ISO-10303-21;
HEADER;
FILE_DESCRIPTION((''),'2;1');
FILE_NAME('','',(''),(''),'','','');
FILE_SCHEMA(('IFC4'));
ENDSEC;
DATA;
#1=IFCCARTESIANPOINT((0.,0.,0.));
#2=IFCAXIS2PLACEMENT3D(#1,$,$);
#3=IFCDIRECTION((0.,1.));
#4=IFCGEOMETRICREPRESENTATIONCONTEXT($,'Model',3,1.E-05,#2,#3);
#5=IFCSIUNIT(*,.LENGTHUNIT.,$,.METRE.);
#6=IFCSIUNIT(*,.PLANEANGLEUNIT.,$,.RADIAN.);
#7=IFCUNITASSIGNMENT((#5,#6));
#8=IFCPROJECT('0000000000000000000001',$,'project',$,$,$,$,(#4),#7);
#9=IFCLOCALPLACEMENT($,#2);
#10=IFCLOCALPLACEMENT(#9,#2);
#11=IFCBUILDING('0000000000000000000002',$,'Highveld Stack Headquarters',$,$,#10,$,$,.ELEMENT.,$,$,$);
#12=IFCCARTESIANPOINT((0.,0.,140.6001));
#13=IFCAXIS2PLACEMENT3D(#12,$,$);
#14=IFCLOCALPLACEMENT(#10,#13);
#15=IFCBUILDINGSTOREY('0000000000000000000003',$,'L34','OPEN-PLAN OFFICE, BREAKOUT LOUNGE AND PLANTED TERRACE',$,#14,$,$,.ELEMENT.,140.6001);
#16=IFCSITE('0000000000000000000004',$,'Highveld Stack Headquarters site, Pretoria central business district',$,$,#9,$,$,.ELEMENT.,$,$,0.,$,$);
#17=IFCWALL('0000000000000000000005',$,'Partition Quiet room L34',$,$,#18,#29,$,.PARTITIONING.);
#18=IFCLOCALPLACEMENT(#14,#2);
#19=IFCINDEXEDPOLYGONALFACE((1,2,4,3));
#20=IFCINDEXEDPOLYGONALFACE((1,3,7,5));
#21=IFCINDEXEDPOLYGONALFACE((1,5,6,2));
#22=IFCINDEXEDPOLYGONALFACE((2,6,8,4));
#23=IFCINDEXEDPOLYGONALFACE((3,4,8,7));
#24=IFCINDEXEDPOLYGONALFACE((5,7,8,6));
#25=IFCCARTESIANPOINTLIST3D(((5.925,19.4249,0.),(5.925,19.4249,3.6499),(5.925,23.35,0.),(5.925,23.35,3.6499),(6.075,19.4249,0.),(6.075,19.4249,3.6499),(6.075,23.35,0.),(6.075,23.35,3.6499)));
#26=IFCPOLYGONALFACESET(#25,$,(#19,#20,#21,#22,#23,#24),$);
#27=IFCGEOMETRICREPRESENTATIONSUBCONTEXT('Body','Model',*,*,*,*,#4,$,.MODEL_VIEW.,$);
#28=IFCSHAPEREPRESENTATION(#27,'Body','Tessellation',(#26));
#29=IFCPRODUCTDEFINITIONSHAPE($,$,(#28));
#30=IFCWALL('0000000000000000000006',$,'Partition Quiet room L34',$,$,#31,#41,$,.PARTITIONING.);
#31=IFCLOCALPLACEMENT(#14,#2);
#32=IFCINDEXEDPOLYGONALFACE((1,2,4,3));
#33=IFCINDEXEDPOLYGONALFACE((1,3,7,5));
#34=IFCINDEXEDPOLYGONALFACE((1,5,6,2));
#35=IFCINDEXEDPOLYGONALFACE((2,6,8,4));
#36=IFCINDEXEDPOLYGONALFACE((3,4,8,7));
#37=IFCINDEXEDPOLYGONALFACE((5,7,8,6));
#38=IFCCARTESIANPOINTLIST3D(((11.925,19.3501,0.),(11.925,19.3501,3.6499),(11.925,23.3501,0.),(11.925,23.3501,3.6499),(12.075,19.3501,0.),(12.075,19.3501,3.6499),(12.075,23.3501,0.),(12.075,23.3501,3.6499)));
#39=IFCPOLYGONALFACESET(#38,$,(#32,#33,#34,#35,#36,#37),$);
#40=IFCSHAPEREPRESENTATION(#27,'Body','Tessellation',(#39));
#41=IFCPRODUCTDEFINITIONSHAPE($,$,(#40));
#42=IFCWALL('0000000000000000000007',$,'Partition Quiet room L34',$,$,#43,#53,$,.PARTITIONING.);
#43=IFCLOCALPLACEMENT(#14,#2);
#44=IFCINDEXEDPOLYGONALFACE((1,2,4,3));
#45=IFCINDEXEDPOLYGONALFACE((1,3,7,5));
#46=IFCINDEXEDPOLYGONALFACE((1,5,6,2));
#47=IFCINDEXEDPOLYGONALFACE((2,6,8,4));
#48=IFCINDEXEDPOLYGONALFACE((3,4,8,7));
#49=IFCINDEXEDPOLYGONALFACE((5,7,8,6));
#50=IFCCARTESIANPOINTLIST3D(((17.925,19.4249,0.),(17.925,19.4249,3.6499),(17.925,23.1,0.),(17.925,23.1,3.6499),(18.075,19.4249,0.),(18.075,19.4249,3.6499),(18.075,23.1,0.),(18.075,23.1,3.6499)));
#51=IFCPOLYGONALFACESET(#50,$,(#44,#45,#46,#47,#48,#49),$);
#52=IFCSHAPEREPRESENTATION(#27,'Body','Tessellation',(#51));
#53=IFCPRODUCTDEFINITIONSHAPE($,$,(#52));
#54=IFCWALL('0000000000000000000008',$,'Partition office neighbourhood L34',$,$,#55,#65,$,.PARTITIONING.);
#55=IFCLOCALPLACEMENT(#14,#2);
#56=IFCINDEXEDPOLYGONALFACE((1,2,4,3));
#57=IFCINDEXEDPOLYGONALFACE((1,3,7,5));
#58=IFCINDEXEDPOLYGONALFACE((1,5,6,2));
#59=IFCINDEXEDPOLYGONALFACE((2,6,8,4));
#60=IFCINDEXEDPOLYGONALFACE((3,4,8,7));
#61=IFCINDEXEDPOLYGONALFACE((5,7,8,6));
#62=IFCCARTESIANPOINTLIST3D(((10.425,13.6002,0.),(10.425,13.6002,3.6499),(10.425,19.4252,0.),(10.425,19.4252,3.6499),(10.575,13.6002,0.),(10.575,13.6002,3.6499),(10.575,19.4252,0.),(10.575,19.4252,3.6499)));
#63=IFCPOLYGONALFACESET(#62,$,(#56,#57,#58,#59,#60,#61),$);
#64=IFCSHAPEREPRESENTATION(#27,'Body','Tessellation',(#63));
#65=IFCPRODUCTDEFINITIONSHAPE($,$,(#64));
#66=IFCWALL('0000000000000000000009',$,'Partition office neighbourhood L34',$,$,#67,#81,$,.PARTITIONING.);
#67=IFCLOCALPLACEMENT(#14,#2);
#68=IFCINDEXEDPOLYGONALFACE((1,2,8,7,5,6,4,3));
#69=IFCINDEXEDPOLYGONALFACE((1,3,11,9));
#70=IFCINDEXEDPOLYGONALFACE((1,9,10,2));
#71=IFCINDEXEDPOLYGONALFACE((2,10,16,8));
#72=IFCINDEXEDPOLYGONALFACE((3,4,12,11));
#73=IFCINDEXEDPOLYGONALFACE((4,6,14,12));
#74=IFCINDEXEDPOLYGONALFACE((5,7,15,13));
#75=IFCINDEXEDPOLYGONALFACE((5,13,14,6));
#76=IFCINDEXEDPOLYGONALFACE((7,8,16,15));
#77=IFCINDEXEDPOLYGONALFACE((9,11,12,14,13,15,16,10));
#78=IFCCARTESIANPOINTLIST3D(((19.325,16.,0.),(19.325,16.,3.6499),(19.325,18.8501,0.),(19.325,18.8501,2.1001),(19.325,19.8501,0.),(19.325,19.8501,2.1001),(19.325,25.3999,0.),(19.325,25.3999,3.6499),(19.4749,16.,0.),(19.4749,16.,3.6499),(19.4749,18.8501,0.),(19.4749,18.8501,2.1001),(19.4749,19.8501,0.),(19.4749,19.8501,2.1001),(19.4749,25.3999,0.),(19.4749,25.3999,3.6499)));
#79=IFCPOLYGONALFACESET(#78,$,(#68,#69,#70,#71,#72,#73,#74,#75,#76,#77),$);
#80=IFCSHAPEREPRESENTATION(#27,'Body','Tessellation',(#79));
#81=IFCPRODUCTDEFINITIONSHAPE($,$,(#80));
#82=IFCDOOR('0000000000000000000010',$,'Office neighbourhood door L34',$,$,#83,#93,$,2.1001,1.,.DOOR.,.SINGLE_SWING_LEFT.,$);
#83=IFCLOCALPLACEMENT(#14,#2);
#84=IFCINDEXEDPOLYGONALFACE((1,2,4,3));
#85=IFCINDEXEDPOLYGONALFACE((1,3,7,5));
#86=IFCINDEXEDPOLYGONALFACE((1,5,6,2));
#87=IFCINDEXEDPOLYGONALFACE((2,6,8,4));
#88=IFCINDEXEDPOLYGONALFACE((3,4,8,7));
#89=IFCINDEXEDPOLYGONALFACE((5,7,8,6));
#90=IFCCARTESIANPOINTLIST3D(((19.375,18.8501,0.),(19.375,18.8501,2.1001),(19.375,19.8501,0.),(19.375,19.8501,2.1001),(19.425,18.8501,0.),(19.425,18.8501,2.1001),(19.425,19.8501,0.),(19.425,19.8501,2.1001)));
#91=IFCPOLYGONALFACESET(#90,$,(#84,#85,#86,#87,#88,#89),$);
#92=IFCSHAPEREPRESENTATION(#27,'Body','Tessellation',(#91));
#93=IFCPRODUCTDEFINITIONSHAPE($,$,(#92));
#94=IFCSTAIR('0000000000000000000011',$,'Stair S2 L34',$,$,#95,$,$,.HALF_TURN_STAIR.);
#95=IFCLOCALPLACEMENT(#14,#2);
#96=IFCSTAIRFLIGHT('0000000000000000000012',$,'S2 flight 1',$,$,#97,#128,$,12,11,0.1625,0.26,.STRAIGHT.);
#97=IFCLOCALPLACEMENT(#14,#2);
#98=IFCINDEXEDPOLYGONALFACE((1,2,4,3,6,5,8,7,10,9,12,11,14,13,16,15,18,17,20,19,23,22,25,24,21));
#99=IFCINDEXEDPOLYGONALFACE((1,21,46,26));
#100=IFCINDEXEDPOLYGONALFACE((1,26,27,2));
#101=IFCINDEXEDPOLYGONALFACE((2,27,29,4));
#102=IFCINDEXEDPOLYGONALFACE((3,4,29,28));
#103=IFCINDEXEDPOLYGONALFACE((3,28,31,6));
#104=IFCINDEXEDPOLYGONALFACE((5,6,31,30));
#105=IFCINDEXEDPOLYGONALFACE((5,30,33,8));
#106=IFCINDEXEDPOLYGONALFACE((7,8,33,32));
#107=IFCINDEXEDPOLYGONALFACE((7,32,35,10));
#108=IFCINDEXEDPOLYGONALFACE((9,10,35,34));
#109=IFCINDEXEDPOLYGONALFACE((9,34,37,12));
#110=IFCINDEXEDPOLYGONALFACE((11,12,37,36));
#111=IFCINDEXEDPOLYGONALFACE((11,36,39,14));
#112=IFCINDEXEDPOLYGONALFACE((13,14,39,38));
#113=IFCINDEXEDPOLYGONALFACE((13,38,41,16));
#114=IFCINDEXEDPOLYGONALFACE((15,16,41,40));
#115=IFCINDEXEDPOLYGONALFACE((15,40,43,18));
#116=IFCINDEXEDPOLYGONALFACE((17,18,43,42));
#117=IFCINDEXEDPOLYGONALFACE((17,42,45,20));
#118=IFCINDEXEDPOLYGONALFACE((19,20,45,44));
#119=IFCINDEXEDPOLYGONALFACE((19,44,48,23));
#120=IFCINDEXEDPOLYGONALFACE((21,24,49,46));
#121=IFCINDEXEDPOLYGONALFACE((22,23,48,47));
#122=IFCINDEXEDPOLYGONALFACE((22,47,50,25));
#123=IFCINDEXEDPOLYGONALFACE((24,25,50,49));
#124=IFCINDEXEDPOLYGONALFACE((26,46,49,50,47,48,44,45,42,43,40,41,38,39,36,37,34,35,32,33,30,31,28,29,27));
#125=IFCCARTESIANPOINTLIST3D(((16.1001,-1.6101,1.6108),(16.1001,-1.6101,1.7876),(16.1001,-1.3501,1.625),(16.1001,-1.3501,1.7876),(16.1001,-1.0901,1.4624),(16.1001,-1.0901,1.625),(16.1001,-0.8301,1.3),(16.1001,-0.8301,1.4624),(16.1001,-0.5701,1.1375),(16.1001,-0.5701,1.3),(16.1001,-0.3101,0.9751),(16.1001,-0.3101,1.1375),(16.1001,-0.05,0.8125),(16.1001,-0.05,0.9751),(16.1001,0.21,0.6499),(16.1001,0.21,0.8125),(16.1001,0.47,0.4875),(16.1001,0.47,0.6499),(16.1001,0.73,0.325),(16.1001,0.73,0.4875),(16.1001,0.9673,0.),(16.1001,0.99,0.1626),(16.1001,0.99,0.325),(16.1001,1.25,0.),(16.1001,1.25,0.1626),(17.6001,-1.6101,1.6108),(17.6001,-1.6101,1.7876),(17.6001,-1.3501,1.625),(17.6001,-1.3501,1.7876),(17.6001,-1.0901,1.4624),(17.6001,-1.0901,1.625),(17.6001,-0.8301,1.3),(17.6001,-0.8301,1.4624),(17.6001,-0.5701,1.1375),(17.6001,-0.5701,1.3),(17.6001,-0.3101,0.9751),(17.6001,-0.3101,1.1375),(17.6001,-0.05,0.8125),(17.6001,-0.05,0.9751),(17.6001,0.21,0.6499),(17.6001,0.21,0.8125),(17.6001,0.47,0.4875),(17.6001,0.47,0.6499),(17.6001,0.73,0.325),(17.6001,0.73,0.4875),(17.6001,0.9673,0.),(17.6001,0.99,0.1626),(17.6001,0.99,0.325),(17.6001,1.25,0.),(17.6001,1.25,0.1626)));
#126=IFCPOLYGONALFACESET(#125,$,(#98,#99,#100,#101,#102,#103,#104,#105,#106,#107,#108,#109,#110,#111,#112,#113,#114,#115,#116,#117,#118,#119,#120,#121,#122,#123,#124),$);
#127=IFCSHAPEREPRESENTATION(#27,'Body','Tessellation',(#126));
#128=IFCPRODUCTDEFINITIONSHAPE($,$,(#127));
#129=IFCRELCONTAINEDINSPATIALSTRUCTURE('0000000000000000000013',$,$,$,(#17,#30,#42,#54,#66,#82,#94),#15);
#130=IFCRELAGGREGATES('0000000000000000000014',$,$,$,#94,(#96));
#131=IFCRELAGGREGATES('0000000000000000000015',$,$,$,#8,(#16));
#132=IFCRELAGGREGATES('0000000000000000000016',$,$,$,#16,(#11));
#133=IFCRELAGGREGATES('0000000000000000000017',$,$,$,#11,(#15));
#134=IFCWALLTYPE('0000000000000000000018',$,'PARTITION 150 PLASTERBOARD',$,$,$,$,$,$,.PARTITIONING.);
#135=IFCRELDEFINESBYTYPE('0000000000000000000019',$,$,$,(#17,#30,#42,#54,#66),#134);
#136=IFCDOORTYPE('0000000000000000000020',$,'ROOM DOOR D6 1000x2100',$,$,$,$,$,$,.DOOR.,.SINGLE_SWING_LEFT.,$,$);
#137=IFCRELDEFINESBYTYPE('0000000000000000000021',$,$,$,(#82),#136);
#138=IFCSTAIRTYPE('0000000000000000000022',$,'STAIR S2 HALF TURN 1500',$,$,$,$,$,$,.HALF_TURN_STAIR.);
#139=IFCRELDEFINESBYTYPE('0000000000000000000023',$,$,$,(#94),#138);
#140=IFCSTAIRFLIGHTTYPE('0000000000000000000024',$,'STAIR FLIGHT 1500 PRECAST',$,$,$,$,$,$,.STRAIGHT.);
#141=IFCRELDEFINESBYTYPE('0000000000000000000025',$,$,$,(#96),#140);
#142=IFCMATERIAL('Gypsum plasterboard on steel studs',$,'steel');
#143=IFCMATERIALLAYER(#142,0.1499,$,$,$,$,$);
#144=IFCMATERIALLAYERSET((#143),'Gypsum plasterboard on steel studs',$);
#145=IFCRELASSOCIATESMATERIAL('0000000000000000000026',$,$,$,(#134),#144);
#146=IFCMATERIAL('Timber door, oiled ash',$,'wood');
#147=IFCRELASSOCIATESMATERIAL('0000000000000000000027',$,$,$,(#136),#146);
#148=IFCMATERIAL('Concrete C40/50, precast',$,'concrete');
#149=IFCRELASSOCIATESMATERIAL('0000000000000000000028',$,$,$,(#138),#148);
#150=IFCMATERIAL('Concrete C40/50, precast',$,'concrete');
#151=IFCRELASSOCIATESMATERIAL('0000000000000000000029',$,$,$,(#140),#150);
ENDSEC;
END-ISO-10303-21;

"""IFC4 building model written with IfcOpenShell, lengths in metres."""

from ifc_helpers import new_model, si_unit, direction, frame, frame_2d, origin, place, context, subcontext, project, spatial, polyline, rectangle, outline, extrude, material, layer, layer_set, type_object, element, fill, aggregate, save


model = new_model("IFC4")

# Units and contexts
model_context = context("Model", 3, precision=1e-05, world=origin(), true_north=direction((0.0, 1.0)))
body_context = subcontext(model_context, "Body", "Model", "MODEL_VIEW")
ifc_project = project(units=[si_unit("LENGTHUNIT", "METRE"), si_unit("PLANEANGLEUNIT", "RADIAN")], contexts=[model_context])

# Site, building, storey
site_placement = place(None, origin())
site = spatial("IfcSite", under=ifc_project, at=site_placement, Name="Highveld Stack Headquarters site, Pretoria central business district", CompositionType="ELEMENT", RefElevation=0.0)
building_placement = place(site_placement, origin())
building = spatial("IfcBuilding", under=site, at=building_placement, Name="Highveld Stack Headquarters", CompositionType="ELEMENT")
storey_placement = place(building_placement, frame((0.0, 0.0, 140.6001)))
storey = spatial("IfcBuildingStorey", under=building, at=storey_placement, Name="L34", Description="OPEN-PLAN OFFICE, BREAKOUT LOUNGE AND PLANTED TERRACE", CompositionType="ELEMENT", Elevation=140.6001)

# Shared definitions
ifc_material_1 = material(Name="Gypsum plasterboard on steel studs", Category="steel")
ifc_layer_1 = layer(ifc_material_1, 0.1499)
ifc_layer_set_1 = layer_set([ifc_layer_1], Name="Gypsum plasterboard on steel studs")
wall_type_1 = type_object("IfcWallType", Name="PARTITION 150 PLASTERBOARD", PredefinedType="PARTITIONING", material=ifc_layer_set_1)
ifc_material_2 = material(Name="Timber door, oiled ash", Category="wood")
door_type_1 = type_object("IfcDoorType", Name="ROOM DOOR D6 1000x2100", OperationType="SINGLE_SWING_LEFT", PredefinedType="DOOR", material=ifc_material_2)

# Walls
wall_1_placement = place(storey_placement, frame((6.0, 19.425, 0.0), z_axis=(0.0, 0.0, 1.0), x_axis=(0.0, 1.0, 0.0)))
element("IfcWall", 1, at=wall_1_placement, inside=storey, type_object=wall_type_1, Name="Partition Quiet room L34", PredefinedType="PARTITIONING", context=body_context, shape_type="SweptSolid", body=[
    extrude(rectangle(XDim=3.925, YDim=0.1499, at=frame_2d((1.9624, 0.0))), origin(), (0.0, 0.0, 1.0), 3.6499),
])
wall_2_placement = place(storey_placement, frame((12.0, 19.3501, 0.0), z_axis=(0.0, 0.0, 1.0), x_axis=(0.0, 1.0, 0.0)))
element("IfcWall", 2, at=wall_2_placement, inside=storey, type_object=wall_type_1, Name="Partition Quiet room L34", PredefinedType="PARTITIONING", context=body_context, shape_type="SweptSolid", body=[
    extrude(rectangle(XDim=4.0, YDim=0.1499, at=frame_2d((2.0, 0.0))), origin(), (0.0, 0.0, 1.0), 3.6499),
])
wall_3_placement = place(storey_placement, frame((18.0, 19.425, 0.0), z_axis=(0.0, 0.0, 1.0), x_axis=(0.0, 1.0, 0.0)))
element("IfcWall", 3, at=wall_3_placement, inside=storey, type_object=wall_type_1, Name="Partition Quiet room L34", PredefinedType="PARTITIONING", context=body_context, shape_type="SweptSolid", body=[
    extrude(rectangle(XDim=3.675, YDim=0.1499, at=frame_2d((1.8374, 0.0))), origin(), (0.0, 0.0, 1.0), 3.6499),
])
wall_4_placement = place(storey_placement, frame((10.5, 13.6001, 0.0), z_axis=(0.0, 0.0, 1.0), x_axis=(0.0, 1.0, 0.0)))
element("IfcWall", 4, at=wall_4_placement, inside=storey, type_object=wall_type_1, Name="Partition office neighbourhood L34", PredefinedType="PARTITIONING", context=body_context, shape_type="SweptSolid", body=[
    extrude(rectangle(XDim=5.825, YDim=0.1499, at=frame_2d((2.9126, 0.0))), origin(), (0.0, 0.0, 1.0), 3.6499),
])

# Wall, opening, door
wall_5_placement = place(storey_placement, frame((19.3999, 16.0, 0.0), z_axis=(0.0, 0.0, 1.0), x_axis=(0.0, 1.0, 0.0)))
wall_5 = element("IfcWall", 5, at=wall_5_placement, inside=storey, type_object=wall_type_1, Name="Partition office neighbourhood L34", PredefinedType="PARTITIONING", context=body_context, shape_type="SweptSolid", body=[
    extrude(rectangle(XDim=9.3999, YDim=0.1499, at=frame_2d((4.7, 0.0))), origin(), (0.0, 0.0, 1.0), 3.6499),
])
opening_1_placement = place(wall_5_placement, frame((2.8501, 0.0, 0.0)))
opening_1 = element("IfcOpeningElement", 6, at=opening_1_placement, cuts=wall_5, PredefinedType="OPENING", context=body_context, shape_type="SweptSolid", body=[
    extrude(rectangle(XDim=1.0, YDim=2.1001, at=frame_2d((0.5, 1.05))), frame((0.0, 0.085, 0.0), z_axis=(0.0, -1.0, 0.0), x_axis=(1.0, 0.0, 0.0)), (0.0, 0.0, 1.0), 0.1699),
])
door_1_placement = place(opening_1_placement, origin())
door_1 = element("IfcDoor", 7, at=door_1_placement, inside=storey, type_object=door_type_1, Name="Office neighbourhood door L34", OperationType="SINGLE_SWING_LEFT", OverallHeight=2.1001, OverallWidth=1.0, PredefinedType="DOOR", context=body_context, shape_type="SweptSolid", body=[
    extrude(rectangle(XDim=1.0, YDim=2.1001, at=frame_2d((0.5, 1.05))), frame((0.0, 0.0249, 0.0), z_axis=(0.0, -1.0, 0.0), x_axis=(1.0, 0.0, 0.0)), (0.0, 0.0, 1.0), 0.05),
])
fill(opening_1, door_1)

# Stair, stair flight
ifc_material_3 = material(Name="Concrete C40/50, precast", Category="concrete")
stair_type = type_object("IfcStairType", Name="STAIR S2 HALF TURN 1500", PredefinedType="HALF_TURN_STAIR", material=ifc_material_3)
stair_placement = place(storey_placement, origin())
stair = element("IfcStair", 8, at=stair_placement, inside=storey, type_object=stair_type, Name="Stair S2 L34", PredefinedType="HALF_TURN_STAIR")
ifc_material_4 = material(Name="Concrete C40/50, precast", Category="concrete")
stair_flight_type = type_object("IfcStairFlightType", Name="STAIR FLIGHT 1500 PRECAST", PredefinedType="STRAIGHT", material=ifc_material_4)
stair_flight_placement = place(storey_placement, frame((16.8501, 1.25, 0.0), z_axis=(0.0, 0.0, 1.0), x_axis=(0.0, -1.0, 0.0)))
stair_flight = element("IfcStairFlight", 9, at=stair_flight_placement, type_object=stair_flight_type, Name="S2 flight 1", NumberOfRisers=12, NumberOfTreads=11, PredefinedType="STRAIGHT", RiserHeight=0.1625, TreadLength=0.26, context=body_context, shape_type="SweptSolid", body=[
    extrude(outline(polyline([(0.0, 0.0), (0.0, 0.1626), (0.26, 0.1626), (0.26, 0.325), (0.52, 0.325), (0.52, 0.4875), (0.78, 0.4875), (0.78, 0.6499), (1.04, 0.6499), (1.04, 0.8125), (1.3, 0.8125), (1.3, 0.9751), (1.5601, 0.9751), (1.5601, 1.1375), (1.8201, 1.1375), (1.8201, 1.3), (2.0801, 1.3), (2.0801, 1.4624), (2.3401, 1.4624), (2.3401, 1.625), (2.6001, 1.625), (2.6001, 1.7876), (2.8601, 1.7876), (2.8601, 1.95), (2.8601, 1.6108), (0.2827, 0.0), (0.0, 0.0)])), frame((0.0, 0.75, 0.0), z_axis=(0.0, -1.0, 0.0), x_axis=(1.0, 0.0, 0.0)), (0.0, 0.0, 1.0), 1.5),
])
aggregate(stair, [stair_flight])

save(model, "model.ifc")
